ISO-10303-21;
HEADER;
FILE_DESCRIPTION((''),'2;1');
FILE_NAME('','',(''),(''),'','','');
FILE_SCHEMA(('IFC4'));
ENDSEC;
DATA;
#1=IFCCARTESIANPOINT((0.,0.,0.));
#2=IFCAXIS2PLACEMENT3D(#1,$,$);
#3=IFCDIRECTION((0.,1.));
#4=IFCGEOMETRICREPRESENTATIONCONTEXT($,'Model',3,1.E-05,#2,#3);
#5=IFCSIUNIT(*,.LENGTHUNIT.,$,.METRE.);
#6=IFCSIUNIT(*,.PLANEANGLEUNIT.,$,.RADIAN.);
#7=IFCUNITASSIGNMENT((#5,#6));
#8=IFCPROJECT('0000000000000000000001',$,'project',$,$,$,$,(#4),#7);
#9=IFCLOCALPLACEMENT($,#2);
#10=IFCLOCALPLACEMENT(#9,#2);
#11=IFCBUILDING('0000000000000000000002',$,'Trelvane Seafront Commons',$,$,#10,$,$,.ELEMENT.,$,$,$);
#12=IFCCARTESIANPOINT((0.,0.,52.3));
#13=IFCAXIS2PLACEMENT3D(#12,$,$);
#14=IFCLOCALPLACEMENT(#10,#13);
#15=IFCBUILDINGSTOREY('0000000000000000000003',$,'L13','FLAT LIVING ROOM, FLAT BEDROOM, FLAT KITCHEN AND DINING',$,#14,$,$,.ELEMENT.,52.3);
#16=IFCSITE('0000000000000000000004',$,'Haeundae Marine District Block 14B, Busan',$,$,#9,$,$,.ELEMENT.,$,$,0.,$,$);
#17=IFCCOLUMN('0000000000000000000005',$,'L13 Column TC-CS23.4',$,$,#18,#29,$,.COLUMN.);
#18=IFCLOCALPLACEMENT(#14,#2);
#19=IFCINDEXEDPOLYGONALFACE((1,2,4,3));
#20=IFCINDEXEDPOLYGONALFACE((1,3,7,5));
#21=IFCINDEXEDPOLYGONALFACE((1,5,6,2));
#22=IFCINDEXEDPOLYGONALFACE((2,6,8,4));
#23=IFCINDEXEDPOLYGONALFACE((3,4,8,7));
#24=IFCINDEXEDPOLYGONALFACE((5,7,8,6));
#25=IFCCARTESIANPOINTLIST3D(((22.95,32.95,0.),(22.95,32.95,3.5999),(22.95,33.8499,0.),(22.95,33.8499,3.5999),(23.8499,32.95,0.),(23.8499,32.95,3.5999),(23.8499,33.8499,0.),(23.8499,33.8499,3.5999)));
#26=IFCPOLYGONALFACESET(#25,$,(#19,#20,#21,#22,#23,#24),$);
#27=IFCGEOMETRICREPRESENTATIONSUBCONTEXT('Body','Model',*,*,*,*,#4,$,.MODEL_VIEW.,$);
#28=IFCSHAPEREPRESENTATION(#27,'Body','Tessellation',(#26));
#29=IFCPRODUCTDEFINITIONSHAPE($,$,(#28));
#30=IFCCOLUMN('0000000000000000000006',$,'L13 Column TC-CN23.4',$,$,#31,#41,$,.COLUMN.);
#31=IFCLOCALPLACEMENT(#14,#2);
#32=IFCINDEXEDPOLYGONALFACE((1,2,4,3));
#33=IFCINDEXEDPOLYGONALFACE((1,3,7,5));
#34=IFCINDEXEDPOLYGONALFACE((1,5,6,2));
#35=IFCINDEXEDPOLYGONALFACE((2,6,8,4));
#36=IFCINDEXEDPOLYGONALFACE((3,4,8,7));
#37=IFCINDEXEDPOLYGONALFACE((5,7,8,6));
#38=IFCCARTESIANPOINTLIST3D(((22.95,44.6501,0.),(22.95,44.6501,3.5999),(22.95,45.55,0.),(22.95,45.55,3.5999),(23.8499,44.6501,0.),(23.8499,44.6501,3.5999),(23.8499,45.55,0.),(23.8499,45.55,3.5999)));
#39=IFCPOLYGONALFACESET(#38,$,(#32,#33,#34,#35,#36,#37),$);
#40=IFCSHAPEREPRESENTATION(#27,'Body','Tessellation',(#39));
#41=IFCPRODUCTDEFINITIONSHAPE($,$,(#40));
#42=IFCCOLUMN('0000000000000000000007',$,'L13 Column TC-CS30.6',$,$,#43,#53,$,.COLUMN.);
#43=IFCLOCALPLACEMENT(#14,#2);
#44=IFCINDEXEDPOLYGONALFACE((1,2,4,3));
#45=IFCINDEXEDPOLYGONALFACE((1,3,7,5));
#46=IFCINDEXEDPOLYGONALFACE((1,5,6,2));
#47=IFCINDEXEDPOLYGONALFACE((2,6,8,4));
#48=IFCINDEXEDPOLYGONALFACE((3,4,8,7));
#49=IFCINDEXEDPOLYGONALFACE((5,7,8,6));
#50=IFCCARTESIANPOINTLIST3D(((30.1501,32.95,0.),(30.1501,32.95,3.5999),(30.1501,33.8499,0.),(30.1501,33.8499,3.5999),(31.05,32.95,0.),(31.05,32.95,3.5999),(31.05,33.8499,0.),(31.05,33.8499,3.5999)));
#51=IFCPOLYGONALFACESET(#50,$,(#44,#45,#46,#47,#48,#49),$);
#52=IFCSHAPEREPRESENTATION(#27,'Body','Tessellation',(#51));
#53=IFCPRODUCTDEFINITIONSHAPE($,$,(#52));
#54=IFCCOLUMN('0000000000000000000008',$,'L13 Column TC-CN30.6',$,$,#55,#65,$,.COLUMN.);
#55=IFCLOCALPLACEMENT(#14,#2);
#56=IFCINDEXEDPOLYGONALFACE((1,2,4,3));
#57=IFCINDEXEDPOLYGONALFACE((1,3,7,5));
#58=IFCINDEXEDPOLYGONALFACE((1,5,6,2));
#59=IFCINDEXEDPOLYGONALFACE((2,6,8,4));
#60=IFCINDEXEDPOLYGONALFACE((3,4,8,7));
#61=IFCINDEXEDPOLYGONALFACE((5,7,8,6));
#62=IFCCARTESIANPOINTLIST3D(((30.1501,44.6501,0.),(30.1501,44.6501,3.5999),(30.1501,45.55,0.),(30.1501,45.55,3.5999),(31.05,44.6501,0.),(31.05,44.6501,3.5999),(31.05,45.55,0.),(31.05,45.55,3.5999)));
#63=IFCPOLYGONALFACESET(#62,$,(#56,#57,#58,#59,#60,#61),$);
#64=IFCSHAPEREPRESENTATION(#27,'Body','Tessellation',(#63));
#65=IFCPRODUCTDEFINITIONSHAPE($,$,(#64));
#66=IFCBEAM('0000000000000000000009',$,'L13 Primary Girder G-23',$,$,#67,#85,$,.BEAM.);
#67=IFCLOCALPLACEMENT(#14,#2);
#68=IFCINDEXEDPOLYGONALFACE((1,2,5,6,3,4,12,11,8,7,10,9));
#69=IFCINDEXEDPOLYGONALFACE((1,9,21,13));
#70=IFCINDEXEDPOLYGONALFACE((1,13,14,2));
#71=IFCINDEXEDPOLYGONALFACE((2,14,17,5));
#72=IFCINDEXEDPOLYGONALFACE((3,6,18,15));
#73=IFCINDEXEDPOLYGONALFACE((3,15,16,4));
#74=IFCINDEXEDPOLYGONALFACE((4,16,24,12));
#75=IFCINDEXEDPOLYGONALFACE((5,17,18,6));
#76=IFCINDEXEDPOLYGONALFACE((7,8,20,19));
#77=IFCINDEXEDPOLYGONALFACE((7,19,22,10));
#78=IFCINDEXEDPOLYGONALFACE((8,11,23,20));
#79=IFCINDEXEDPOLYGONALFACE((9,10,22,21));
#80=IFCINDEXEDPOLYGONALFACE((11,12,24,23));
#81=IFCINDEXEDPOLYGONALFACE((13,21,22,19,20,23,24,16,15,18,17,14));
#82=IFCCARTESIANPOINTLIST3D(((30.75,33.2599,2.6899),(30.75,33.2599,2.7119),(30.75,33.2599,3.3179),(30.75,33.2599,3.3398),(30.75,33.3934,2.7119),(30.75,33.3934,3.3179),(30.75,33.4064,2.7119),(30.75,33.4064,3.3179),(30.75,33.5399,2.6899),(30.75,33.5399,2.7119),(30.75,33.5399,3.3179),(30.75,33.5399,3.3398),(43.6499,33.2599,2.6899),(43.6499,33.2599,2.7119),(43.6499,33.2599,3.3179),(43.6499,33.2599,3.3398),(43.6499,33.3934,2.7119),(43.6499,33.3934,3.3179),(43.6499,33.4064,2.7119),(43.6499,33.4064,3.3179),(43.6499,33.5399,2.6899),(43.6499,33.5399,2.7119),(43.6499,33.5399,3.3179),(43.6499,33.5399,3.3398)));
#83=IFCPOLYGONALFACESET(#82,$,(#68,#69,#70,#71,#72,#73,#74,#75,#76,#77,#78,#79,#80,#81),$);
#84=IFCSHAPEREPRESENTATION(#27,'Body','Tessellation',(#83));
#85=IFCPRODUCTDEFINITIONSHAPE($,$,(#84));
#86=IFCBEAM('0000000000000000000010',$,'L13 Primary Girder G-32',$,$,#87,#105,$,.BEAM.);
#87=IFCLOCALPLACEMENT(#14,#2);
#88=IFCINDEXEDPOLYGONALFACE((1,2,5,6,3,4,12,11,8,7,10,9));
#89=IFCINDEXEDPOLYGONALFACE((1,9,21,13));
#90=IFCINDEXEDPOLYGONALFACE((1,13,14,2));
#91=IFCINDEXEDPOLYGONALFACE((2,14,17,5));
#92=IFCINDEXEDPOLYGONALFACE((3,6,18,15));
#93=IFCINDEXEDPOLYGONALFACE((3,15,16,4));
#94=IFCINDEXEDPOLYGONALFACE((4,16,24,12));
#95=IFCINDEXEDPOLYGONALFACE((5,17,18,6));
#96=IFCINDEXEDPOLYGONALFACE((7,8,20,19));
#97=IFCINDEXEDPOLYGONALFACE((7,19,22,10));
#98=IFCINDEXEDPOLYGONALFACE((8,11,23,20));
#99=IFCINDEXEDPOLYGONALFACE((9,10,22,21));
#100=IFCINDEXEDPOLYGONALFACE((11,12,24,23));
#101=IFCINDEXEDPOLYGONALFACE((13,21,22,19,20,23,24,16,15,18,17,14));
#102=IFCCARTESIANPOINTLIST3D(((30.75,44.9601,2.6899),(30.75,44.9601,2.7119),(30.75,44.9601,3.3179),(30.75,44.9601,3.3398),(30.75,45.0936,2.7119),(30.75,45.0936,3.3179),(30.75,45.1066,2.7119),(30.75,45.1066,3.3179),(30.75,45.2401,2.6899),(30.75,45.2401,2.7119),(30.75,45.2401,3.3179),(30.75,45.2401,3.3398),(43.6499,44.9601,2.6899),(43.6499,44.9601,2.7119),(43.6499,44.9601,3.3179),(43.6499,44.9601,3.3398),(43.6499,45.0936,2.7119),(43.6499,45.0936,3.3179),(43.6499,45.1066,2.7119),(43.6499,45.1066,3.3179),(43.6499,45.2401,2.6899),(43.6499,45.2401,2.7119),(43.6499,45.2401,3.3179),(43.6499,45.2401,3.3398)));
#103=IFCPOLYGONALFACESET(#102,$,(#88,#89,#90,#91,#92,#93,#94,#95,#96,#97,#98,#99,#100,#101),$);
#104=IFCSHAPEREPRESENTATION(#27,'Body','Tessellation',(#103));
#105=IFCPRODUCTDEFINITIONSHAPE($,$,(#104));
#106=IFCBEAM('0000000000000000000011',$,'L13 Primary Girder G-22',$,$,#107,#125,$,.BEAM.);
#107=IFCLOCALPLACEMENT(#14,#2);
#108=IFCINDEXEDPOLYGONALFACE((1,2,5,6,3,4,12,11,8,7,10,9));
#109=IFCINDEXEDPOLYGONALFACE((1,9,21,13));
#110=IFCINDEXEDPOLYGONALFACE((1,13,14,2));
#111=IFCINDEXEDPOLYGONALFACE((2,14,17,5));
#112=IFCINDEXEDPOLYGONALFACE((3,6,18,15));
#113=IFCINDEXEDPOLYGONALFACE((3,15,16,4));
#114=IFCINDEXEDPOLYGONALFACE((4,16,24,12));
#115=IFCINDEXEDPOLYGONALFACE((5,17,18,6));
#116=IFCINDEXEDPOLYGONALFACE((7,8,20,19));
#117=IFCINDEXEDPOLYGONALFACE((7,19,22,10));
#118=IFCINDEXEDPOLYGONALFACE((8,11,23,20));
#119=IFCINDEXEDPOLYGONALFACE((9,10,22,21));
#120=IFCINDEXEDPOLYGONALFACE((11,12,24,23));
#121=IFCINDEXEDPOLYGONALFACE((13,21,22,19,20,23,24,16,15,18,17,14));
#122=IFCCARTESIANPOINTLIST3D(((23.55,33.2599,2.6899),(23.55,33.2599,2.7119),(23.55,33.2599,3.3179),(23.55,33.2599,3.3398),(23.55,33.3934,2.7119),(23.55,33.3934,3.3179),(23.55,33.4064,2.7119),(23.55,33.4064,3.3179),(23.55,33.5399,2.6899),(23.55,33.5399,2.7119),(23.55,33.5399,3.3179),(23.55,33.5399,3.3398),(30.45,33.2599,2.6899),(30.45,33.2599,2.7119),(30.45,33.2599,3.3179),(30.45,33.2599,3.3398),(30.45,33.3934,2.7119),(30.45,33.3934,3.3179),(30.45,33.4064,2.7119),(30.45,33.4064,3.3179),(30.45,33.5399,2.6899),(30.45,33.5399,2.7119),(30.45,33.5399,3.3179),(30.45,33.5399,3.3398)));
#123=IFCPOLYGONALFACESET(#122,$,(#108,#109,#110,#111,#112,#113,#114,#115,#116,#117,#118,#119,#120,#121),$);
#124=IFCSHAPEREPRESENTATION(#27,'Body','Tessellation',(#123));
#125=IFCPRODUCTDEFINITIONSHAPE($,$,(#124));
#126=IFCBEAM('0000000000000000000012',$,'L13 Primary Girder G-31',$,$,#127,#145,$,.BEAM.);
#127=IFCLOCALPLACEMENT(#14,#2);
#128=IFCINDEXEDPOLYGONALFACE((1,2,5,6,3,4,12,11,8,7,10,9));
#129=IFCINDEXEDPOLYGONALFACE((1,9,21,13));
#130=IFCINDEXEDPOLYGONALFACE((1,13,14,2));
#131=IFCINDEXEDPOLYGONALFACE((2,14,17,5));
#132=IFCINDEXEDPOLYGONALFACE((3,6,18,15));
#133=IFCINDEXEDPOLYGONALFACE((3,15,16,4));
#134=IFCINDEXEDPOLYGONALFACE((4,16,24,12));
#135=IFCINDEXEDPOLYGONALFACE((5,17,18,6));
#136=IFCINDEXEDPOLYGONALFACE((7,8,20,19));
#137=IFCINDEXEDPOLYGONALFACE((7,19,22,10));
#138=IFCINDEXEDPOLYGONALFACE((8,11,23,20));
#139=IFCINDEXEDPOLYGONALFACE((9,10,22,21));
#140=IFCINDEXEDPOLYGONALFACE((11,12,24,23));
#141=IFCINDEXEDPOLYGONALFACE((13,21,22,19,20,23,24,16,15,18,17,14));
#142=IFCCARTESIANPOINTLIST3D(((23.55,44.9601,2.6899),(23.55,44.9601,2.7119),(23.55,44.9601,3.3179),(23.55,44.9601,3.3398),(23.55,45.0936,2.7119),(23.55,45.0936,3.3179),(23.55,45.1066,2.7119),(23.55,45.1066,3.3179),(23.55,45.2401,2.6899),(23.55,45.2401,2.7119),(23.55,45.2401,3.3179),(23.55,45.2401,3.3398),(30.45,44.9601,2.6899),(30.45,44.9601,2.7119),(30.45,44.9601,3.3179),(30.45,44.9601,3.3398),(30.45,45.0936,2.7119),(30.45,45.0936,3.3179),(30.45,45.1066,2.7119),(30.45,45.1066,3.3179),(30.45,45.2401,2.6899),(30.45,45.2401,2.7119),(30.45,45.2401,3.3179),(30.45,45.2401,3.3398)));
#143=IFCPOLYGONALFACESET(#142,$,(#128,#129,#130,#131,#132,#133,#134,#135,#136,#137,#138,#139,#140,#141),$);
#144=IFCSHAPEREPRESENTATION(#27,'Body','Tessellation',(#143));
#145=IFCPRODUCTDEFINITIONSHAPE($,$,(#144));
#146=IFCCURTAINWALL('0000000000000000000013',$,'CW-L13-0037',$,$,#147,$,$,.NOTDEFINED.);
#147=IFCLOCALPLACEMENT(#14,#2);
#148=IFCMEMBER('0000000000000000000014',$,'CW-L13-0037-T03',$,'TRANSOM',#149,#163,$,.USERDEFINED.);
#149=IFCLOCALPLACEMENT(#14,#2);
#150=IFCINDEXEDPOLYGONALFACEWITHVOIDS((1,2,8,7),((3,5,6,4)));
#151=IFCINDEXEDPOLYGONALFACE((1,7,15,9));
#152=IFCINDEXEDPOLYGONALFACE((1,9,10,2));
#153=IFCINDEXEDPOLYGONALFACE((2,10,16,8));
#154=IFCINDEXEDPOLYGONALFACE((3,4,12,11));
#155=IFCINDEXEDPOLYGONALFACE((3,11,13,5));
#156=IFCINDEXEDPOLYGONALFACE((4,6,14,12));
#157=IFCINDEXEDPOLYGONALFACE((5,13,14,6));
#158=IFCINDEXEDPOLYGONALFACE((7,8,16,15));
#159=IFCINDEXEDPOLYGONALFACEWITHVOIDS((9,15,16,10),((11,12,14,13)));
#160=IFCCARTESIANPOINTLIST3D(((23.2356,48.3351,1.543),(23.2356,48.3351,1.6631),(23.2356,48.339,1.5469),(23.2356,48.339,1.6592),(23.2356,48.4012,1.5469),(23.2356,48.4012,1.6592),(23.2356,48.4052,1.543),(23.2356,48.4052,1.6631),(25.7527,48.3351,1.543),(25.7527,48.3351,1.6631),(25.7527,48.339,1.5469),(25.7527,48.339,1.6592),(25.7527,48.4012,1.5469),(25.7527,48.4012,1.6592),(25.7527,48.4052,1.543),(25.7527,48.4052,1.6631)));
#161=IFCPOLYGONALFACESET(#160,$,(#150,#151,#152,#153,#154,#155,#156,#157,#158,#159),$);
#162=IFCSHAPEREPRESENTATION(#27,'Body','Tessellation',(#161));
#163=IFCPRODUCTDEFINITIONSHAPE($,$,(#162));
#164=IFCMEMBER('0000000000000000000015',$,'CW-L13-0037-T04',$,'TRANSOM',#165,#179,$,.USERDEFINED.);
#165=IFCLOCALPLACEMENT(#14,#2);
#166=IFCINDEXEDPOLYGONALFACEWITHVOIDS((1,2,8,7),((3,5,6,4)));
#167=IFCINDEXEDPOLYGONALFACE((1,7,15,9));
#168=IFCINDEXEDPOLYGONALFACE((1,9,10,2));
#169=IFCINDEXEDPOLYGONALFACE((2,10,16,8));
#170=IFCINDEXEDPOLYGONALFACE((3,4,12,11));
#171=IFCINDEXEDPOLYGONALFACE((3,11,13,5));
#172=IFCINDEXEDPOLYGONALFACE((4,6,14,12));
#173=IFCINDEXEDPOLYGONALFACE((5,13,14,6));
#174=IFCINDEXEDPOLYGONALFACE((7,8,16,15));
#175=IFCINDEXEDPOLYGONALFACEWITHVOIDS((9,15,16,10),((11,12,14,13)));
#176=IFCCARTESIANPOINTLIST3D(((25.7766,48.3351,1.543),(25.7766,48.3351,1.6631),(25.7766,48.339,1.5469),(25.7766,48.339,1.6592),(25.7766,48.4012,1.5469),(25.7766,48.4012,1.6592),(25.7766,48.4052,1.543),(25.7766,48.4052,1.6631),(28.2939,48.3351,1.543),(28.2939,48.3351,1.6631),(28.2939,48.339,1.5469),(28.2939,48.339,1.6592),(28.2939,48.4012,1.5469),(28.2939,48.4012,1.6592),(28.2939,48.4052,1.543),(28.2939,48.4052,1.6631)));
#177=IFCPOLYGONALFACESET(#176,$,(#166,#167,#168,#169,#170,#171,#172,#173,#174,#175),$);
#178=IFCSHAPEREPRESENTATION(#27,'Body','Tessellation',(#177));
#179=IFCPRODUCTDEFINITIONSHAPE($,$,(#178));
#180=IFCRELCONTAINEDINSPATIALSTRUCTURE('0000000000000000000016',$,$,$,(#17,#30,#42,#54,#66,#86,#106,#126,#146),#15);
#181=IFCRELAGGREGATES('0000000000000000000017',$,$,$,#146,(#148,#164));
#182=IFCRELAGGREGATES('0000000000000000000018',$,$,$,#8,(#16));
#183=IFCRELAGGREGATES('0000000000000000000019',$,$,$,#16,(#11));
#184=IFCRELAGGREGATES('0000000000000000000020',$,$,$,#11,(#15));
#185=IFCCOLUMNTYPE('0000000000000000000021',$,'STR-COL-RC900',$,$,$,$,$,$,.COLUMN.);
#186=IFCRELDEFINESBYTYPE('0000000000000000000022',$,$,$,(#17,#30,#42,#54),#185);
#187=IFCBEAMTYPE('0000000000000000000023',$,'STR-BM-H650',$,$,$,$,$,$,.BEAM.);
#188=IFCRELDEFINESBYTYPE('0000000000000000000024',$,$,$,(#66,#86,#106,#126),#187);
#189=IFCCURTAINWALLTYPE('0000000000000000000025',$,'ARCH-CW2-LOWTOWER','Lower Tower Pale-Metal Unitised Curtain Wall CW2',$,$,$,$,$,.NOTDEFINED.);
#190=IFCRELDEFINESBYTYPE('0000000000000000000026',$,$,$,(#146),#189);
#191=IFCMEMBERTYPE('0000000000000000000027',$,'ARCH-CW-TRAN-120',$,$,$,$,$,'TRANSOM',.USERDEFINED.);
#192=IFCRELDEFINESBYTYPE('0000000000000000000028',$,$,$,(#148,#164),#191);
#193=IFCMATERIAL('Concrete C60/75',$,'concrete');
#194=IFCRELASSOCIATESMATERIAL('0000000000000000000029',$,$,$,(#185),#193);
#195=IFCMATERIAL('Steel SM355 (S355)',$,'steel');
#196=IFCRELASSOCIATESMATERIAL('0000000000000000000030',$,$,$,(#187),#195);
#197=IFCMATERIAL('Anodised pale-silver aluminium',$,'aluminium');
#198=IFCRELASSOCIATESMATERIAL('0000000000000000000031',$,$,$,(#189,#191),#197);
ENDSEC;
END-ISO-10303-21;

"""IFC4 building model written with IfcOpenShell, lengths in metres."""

from ifc_helpers import new_model, si_unit, direction, frame, origin, origin_2d, place, context, subcontext, project, spatial, rectangle, hollow_rectangle, i_section, extrude, source, transform, mapped, material, material_profile, profile_set, type_object, element, aggregate, save


model = new_model("IFC4")

# Units and contexts
model_context = context("Model", 3, precision=1e-05, world=origin(), true_north=direction((0.0, 1.0)))
body_context = subcontext(model_context, "Body", "Model", "MODEL_VIEW")
ifc_project = project(units=[si_unit("LENGTHUNIT", "METRE"), si_unit("PLANEANGLEUNIT", "RADIAN")], contexts=[model_context])

# Site, building, storey
site_placement = place(None, origin())
site = spatial("IfcSite", under=ifc_project, at=site_placement, Name="Haeundae Marine District Block 14B, Busan", CompositionType="ELEMENT", RefElevation=0.0)
building_placement = place(site_placement, origin())
building = spatial("IfcBuilding", under=site, at=building_placement, Name="Trelvane Seafront Commons", CompositionType="ELEMENT")
storey_placement = place(building_placement, frame((0.0, 0.0, 52.3)))
storey = spatial("IfcBuildingStorey", under=building, at=storey_placement, Name="L13", Description="FLAT LIVING ROOM, FLAT BEDROOM, FLAT KITCHEN AND DINING", CompositionType="ELEMENT", Elevation=52.3)

# Columns
ifc_material_1 = material(Name="Concrete C60/75", Category="concrete")
ifc_material_profile_1 = material_profile(ifc_material_1, rectangle(XDim=0.8999, YDim=0.8999, at=origin_2d()), Name="RC-900x900")
ifc_profile_set_1 = profile_set([ifc_material_profile_1], Name="Concrete C60/75")
column_type = type_object("IfcColumnType", Name="STR-COL-RC900", PredefinedType="COLUMN", material=ifc_profile_set_1)
shared_shape_1 = source(origin(), body_context, "Body", "SweptSolid", [
    extrude(rectangle(XDim=0.8999, YDim=0.8999, at=origin_2d()), origin(), (0.0, 0.0, 1.0), 3.5999),
])
for number, where, z_axis, x_axis, name in (
    (1, (23.3999, 33.3999, 0.0), (0.0, 0.0, 1.0), (1.0, 0.0, 0.0), "L13 Column TC-CS23.4"),
    (2, (23.3999, 45.1001, 0.0), (0.0, 0.0, 1.0), (1.0, 0.0, 0.0), "L13 Column TC-CN23.4"),
    (3, (30.6001, 33.3999, 0.0), (0.0, 0.0, 1.0), (1.0, 0.0, 0.0), "L13 Column TC-CS30.6"),
    (4, (30.6001, 45.1001, 0.0), (0.0, 0.0, 1.0), (1.0, 0.0, 0.0), "L13 Column TC-CN30.6"),
):
    element("IfcColumn", number, at=place(storey_placement, frame(where, z_axis=z_axis, x_axis=x_axis)), inside=storey, type_object=column_type, Name=name, PredefinedType="COLUMN", context=body_context, shape_type="MappedRepresentation", body=[
        mapped(shared_shape_1, transform((0.0, 0.0, 0.0), x_axis=(1.0, 0.0, 0.0), y_axis=(0.0, 1.0, 0.0), z_axis=(0.0, 0.0, 1.0), scale=1.0)),
    ])

# Beams
ifc_material_2 = material(Name="Steel SM355 (S355)", Category="steel")
ifc_material_profile_2 = material_profile(ifc_material_2, i_section(OverallWidth=0.28, OverallDepth=0.6499, WebThickness=0.0129, FlangeThickness=0.022, at=origin_2d()), Name="H-650x280x13x22")
ifc_profile_set_2 = profile_set([ifc_material_profile_2], Name="Steel SM355 (S355)")
beam_type = type_object("IfcBeamType", Name="STR-BM-H650", PredefinedType="BEAM", material=ifc_profile_set_2)
shared_shape_2 = source(origin(), body_context, "Body", "SweptSolid", [
    extrude(i_section(OverallWidth=0.28, OverallDepth=0.6499, WebThickness=0.0129, FlangeThickness=0.022, at=origin_2d()), origin(), (0.0, 0.0, 1.0), 12.8999),
])
for number, where, z_axis, x_axis, name in (
    (5, (30.75, 33.3999, 3.0149), (1.0, 0.0, 0.0), (0.0, 1.0, 0.0), "L13 Primary Girder G-23"),
    (6, (30.75, 45.1001, 3.0149), (1.0, 0.0, 0.0), (0.0, 1.0, 0.0), "L13 Primary Girder G-32"),
):
    element("IfcBeam", number, at=place(storey_placement, frame(where, z_axis=z_axis, x_axis=x_axis)), inside=storey, type_object=beam_type, Name=name, PredefinedType="BEAM", context=body_context, shape_type="MappedRepresentation", body=[
        mapped(shared_shape_2, transform((0.0, 0.0, 0.0), x_axis=(1.0, 0.0, 0.0), y_axis=(0.0, 1.0, 0.0), z_axis=(0.0, 0.0, 1.0), scale=1.0)),
    ])
shared_shape_3 = source(origin(), body_context, "Body", "SweptSolid", [
    extrude(i_section(OverallWidth=0.28, OverallDepth=0.6499, WebThickness=0.0129, FlangeThickness=0.022, at=origin_2d()), origin(), (0.0, 0.0, 1.0), 6.8999),
])
for number, where, z_axis, x_axis, name in (
    (7, (23.55, 33.3999, 3.0149), (1.0, 0.0, 0.0), (0.0, 1.0, 0.0), "L13 Primary Girder G-22"),
    (8, (23.55, 45.1001, 3.0149), (1.0, 0.0, 0.0), (0.0, 1.0, 0.0), "L13 Primary Girder G-31"),
):
    element("IfcBeam", number, at=place(storey_placement, frame(where, z_axis=z_axis, x_axis=x_axis)), inside=storey, type_object=beam_type, Name=name, PredefinedType="BEAM", context=body_context, shape_type="MappedRepresentation", body=[
        mapped(shared_shape_3, transform((0.0, 0.0, 0.0), x_axis=(1.0, 0.0, 0.0), y_axis=(0.0, 1.0, 0.0), z_axis=(0.0, 0.0, 1.0), scale=1.0)),
    ])

# Curtain wall, members
ifc_material_3 = material(Name="Anodised pale-silver aluminium", Category="aluminium")
curtain_wall_type = type_object("IfcCurtainWallType", Name="ARCH-CW2-LOWTOWER", Description="Lower Tower Pale-Metal Unitised Curtain Wall CW2", PredefinedType="NOTDEFINED", material=ifc_material_3)
curtain_wall_placement = place(storey_placement, origin())
curtain_wall = element("IfcCurtainWall", 9, at=curtain_wall_placement, inside=storey, type_object=curtain_wall_type, Name="CW-L13-0037", PredefinedType="NOTDEFINED")
ifc_material_profile_3 = material_profile(ifc_material_3, hollow_rectangle(XDim=0.0701, YDim=0.1201, WallThickness=0.0039, at=origin_2d()), Name="TRAN-70x120x4")
ifc_profile_set_3 = profile_set([ifc_material_profile_3], Name="Anodised pale-silver aluminium")
member_type_1 = type_object("IfcMemberType", Name="ARCH-CW-TRAN-120", ElementType="TRANSOM", PredefinedType="USERDEFINED", material=ifc_profile_set_3)
shared_shape_4 = source(origin(), body_context, "Body", "SweptSolid", [
    extrude(hollow_rectangle(XDim=0.0701, YDim=0.1201, WallThickness=0.0039, at=origin_2d()), origin(), (0.0, 0.0, 1.0), 2.5171),
])
member_1_placement = place(storey_placement, frame((23.2356, 48.3701, 1.603), z_axis=(1.0, 0.0, 0.0), x_axis=(0.0, 1.0, 0.0)))
member_1 = element("IfcMember", 10, at=member_1_placement, type_object=member_type_1, Name="CW-L13-0037-T03", ObjectType="TRANSOM", PredefinedType="USERDEFINED", context=body_context, shape_type="MappedRepresentation", body=[
    mapped(shared_shape_4, transform((0.0, 0.0, 0.0), x_axis=(1.0, 0.0, 0.0), y_axis=(0.0, 1.0, 0.0), z_axis=(0.0, 0.0, 1.0), scale=1.0)),
])
shared_shape_5 = source(origin(), body_context, "Body", "SweptSolid", [
    extrude(hollow_rectangle(XDim=0.0701, YDim=0.1201, WallThickness=0.0039, at=origin_2d()), origin(), (0.0, 0.0, 1.0), 2.5173),
])
member_2_placement = place(storey_placement, frame((25.7766, 48.3701, 1.603), z_axis=(1.0, 0.0, 0.0), x_axis=(0.0, 1.0, 0.0)))
member_2 = element("IfcMember", 11, at=member_2_placement, type_object=member_type_1, Name="CW-L13-0037-T04", ObjectType="TRANSOM", PredefinedType="USERDEFINED", context=body_context, shape_type="MappedRepresentation", body=[
    mapped(shared_shape_5, transform((0.0, 0.0, 0.0), x_axis=(1.0, 0.0, 0.0), y_axis=(0.0, 1.0, 0.0), z_axis=(0.0, 0.0, 1.0), scale=1.0)),
])
aggregate(curtain_wall, [member_1, member_2])

save(model, "model.ifc")
